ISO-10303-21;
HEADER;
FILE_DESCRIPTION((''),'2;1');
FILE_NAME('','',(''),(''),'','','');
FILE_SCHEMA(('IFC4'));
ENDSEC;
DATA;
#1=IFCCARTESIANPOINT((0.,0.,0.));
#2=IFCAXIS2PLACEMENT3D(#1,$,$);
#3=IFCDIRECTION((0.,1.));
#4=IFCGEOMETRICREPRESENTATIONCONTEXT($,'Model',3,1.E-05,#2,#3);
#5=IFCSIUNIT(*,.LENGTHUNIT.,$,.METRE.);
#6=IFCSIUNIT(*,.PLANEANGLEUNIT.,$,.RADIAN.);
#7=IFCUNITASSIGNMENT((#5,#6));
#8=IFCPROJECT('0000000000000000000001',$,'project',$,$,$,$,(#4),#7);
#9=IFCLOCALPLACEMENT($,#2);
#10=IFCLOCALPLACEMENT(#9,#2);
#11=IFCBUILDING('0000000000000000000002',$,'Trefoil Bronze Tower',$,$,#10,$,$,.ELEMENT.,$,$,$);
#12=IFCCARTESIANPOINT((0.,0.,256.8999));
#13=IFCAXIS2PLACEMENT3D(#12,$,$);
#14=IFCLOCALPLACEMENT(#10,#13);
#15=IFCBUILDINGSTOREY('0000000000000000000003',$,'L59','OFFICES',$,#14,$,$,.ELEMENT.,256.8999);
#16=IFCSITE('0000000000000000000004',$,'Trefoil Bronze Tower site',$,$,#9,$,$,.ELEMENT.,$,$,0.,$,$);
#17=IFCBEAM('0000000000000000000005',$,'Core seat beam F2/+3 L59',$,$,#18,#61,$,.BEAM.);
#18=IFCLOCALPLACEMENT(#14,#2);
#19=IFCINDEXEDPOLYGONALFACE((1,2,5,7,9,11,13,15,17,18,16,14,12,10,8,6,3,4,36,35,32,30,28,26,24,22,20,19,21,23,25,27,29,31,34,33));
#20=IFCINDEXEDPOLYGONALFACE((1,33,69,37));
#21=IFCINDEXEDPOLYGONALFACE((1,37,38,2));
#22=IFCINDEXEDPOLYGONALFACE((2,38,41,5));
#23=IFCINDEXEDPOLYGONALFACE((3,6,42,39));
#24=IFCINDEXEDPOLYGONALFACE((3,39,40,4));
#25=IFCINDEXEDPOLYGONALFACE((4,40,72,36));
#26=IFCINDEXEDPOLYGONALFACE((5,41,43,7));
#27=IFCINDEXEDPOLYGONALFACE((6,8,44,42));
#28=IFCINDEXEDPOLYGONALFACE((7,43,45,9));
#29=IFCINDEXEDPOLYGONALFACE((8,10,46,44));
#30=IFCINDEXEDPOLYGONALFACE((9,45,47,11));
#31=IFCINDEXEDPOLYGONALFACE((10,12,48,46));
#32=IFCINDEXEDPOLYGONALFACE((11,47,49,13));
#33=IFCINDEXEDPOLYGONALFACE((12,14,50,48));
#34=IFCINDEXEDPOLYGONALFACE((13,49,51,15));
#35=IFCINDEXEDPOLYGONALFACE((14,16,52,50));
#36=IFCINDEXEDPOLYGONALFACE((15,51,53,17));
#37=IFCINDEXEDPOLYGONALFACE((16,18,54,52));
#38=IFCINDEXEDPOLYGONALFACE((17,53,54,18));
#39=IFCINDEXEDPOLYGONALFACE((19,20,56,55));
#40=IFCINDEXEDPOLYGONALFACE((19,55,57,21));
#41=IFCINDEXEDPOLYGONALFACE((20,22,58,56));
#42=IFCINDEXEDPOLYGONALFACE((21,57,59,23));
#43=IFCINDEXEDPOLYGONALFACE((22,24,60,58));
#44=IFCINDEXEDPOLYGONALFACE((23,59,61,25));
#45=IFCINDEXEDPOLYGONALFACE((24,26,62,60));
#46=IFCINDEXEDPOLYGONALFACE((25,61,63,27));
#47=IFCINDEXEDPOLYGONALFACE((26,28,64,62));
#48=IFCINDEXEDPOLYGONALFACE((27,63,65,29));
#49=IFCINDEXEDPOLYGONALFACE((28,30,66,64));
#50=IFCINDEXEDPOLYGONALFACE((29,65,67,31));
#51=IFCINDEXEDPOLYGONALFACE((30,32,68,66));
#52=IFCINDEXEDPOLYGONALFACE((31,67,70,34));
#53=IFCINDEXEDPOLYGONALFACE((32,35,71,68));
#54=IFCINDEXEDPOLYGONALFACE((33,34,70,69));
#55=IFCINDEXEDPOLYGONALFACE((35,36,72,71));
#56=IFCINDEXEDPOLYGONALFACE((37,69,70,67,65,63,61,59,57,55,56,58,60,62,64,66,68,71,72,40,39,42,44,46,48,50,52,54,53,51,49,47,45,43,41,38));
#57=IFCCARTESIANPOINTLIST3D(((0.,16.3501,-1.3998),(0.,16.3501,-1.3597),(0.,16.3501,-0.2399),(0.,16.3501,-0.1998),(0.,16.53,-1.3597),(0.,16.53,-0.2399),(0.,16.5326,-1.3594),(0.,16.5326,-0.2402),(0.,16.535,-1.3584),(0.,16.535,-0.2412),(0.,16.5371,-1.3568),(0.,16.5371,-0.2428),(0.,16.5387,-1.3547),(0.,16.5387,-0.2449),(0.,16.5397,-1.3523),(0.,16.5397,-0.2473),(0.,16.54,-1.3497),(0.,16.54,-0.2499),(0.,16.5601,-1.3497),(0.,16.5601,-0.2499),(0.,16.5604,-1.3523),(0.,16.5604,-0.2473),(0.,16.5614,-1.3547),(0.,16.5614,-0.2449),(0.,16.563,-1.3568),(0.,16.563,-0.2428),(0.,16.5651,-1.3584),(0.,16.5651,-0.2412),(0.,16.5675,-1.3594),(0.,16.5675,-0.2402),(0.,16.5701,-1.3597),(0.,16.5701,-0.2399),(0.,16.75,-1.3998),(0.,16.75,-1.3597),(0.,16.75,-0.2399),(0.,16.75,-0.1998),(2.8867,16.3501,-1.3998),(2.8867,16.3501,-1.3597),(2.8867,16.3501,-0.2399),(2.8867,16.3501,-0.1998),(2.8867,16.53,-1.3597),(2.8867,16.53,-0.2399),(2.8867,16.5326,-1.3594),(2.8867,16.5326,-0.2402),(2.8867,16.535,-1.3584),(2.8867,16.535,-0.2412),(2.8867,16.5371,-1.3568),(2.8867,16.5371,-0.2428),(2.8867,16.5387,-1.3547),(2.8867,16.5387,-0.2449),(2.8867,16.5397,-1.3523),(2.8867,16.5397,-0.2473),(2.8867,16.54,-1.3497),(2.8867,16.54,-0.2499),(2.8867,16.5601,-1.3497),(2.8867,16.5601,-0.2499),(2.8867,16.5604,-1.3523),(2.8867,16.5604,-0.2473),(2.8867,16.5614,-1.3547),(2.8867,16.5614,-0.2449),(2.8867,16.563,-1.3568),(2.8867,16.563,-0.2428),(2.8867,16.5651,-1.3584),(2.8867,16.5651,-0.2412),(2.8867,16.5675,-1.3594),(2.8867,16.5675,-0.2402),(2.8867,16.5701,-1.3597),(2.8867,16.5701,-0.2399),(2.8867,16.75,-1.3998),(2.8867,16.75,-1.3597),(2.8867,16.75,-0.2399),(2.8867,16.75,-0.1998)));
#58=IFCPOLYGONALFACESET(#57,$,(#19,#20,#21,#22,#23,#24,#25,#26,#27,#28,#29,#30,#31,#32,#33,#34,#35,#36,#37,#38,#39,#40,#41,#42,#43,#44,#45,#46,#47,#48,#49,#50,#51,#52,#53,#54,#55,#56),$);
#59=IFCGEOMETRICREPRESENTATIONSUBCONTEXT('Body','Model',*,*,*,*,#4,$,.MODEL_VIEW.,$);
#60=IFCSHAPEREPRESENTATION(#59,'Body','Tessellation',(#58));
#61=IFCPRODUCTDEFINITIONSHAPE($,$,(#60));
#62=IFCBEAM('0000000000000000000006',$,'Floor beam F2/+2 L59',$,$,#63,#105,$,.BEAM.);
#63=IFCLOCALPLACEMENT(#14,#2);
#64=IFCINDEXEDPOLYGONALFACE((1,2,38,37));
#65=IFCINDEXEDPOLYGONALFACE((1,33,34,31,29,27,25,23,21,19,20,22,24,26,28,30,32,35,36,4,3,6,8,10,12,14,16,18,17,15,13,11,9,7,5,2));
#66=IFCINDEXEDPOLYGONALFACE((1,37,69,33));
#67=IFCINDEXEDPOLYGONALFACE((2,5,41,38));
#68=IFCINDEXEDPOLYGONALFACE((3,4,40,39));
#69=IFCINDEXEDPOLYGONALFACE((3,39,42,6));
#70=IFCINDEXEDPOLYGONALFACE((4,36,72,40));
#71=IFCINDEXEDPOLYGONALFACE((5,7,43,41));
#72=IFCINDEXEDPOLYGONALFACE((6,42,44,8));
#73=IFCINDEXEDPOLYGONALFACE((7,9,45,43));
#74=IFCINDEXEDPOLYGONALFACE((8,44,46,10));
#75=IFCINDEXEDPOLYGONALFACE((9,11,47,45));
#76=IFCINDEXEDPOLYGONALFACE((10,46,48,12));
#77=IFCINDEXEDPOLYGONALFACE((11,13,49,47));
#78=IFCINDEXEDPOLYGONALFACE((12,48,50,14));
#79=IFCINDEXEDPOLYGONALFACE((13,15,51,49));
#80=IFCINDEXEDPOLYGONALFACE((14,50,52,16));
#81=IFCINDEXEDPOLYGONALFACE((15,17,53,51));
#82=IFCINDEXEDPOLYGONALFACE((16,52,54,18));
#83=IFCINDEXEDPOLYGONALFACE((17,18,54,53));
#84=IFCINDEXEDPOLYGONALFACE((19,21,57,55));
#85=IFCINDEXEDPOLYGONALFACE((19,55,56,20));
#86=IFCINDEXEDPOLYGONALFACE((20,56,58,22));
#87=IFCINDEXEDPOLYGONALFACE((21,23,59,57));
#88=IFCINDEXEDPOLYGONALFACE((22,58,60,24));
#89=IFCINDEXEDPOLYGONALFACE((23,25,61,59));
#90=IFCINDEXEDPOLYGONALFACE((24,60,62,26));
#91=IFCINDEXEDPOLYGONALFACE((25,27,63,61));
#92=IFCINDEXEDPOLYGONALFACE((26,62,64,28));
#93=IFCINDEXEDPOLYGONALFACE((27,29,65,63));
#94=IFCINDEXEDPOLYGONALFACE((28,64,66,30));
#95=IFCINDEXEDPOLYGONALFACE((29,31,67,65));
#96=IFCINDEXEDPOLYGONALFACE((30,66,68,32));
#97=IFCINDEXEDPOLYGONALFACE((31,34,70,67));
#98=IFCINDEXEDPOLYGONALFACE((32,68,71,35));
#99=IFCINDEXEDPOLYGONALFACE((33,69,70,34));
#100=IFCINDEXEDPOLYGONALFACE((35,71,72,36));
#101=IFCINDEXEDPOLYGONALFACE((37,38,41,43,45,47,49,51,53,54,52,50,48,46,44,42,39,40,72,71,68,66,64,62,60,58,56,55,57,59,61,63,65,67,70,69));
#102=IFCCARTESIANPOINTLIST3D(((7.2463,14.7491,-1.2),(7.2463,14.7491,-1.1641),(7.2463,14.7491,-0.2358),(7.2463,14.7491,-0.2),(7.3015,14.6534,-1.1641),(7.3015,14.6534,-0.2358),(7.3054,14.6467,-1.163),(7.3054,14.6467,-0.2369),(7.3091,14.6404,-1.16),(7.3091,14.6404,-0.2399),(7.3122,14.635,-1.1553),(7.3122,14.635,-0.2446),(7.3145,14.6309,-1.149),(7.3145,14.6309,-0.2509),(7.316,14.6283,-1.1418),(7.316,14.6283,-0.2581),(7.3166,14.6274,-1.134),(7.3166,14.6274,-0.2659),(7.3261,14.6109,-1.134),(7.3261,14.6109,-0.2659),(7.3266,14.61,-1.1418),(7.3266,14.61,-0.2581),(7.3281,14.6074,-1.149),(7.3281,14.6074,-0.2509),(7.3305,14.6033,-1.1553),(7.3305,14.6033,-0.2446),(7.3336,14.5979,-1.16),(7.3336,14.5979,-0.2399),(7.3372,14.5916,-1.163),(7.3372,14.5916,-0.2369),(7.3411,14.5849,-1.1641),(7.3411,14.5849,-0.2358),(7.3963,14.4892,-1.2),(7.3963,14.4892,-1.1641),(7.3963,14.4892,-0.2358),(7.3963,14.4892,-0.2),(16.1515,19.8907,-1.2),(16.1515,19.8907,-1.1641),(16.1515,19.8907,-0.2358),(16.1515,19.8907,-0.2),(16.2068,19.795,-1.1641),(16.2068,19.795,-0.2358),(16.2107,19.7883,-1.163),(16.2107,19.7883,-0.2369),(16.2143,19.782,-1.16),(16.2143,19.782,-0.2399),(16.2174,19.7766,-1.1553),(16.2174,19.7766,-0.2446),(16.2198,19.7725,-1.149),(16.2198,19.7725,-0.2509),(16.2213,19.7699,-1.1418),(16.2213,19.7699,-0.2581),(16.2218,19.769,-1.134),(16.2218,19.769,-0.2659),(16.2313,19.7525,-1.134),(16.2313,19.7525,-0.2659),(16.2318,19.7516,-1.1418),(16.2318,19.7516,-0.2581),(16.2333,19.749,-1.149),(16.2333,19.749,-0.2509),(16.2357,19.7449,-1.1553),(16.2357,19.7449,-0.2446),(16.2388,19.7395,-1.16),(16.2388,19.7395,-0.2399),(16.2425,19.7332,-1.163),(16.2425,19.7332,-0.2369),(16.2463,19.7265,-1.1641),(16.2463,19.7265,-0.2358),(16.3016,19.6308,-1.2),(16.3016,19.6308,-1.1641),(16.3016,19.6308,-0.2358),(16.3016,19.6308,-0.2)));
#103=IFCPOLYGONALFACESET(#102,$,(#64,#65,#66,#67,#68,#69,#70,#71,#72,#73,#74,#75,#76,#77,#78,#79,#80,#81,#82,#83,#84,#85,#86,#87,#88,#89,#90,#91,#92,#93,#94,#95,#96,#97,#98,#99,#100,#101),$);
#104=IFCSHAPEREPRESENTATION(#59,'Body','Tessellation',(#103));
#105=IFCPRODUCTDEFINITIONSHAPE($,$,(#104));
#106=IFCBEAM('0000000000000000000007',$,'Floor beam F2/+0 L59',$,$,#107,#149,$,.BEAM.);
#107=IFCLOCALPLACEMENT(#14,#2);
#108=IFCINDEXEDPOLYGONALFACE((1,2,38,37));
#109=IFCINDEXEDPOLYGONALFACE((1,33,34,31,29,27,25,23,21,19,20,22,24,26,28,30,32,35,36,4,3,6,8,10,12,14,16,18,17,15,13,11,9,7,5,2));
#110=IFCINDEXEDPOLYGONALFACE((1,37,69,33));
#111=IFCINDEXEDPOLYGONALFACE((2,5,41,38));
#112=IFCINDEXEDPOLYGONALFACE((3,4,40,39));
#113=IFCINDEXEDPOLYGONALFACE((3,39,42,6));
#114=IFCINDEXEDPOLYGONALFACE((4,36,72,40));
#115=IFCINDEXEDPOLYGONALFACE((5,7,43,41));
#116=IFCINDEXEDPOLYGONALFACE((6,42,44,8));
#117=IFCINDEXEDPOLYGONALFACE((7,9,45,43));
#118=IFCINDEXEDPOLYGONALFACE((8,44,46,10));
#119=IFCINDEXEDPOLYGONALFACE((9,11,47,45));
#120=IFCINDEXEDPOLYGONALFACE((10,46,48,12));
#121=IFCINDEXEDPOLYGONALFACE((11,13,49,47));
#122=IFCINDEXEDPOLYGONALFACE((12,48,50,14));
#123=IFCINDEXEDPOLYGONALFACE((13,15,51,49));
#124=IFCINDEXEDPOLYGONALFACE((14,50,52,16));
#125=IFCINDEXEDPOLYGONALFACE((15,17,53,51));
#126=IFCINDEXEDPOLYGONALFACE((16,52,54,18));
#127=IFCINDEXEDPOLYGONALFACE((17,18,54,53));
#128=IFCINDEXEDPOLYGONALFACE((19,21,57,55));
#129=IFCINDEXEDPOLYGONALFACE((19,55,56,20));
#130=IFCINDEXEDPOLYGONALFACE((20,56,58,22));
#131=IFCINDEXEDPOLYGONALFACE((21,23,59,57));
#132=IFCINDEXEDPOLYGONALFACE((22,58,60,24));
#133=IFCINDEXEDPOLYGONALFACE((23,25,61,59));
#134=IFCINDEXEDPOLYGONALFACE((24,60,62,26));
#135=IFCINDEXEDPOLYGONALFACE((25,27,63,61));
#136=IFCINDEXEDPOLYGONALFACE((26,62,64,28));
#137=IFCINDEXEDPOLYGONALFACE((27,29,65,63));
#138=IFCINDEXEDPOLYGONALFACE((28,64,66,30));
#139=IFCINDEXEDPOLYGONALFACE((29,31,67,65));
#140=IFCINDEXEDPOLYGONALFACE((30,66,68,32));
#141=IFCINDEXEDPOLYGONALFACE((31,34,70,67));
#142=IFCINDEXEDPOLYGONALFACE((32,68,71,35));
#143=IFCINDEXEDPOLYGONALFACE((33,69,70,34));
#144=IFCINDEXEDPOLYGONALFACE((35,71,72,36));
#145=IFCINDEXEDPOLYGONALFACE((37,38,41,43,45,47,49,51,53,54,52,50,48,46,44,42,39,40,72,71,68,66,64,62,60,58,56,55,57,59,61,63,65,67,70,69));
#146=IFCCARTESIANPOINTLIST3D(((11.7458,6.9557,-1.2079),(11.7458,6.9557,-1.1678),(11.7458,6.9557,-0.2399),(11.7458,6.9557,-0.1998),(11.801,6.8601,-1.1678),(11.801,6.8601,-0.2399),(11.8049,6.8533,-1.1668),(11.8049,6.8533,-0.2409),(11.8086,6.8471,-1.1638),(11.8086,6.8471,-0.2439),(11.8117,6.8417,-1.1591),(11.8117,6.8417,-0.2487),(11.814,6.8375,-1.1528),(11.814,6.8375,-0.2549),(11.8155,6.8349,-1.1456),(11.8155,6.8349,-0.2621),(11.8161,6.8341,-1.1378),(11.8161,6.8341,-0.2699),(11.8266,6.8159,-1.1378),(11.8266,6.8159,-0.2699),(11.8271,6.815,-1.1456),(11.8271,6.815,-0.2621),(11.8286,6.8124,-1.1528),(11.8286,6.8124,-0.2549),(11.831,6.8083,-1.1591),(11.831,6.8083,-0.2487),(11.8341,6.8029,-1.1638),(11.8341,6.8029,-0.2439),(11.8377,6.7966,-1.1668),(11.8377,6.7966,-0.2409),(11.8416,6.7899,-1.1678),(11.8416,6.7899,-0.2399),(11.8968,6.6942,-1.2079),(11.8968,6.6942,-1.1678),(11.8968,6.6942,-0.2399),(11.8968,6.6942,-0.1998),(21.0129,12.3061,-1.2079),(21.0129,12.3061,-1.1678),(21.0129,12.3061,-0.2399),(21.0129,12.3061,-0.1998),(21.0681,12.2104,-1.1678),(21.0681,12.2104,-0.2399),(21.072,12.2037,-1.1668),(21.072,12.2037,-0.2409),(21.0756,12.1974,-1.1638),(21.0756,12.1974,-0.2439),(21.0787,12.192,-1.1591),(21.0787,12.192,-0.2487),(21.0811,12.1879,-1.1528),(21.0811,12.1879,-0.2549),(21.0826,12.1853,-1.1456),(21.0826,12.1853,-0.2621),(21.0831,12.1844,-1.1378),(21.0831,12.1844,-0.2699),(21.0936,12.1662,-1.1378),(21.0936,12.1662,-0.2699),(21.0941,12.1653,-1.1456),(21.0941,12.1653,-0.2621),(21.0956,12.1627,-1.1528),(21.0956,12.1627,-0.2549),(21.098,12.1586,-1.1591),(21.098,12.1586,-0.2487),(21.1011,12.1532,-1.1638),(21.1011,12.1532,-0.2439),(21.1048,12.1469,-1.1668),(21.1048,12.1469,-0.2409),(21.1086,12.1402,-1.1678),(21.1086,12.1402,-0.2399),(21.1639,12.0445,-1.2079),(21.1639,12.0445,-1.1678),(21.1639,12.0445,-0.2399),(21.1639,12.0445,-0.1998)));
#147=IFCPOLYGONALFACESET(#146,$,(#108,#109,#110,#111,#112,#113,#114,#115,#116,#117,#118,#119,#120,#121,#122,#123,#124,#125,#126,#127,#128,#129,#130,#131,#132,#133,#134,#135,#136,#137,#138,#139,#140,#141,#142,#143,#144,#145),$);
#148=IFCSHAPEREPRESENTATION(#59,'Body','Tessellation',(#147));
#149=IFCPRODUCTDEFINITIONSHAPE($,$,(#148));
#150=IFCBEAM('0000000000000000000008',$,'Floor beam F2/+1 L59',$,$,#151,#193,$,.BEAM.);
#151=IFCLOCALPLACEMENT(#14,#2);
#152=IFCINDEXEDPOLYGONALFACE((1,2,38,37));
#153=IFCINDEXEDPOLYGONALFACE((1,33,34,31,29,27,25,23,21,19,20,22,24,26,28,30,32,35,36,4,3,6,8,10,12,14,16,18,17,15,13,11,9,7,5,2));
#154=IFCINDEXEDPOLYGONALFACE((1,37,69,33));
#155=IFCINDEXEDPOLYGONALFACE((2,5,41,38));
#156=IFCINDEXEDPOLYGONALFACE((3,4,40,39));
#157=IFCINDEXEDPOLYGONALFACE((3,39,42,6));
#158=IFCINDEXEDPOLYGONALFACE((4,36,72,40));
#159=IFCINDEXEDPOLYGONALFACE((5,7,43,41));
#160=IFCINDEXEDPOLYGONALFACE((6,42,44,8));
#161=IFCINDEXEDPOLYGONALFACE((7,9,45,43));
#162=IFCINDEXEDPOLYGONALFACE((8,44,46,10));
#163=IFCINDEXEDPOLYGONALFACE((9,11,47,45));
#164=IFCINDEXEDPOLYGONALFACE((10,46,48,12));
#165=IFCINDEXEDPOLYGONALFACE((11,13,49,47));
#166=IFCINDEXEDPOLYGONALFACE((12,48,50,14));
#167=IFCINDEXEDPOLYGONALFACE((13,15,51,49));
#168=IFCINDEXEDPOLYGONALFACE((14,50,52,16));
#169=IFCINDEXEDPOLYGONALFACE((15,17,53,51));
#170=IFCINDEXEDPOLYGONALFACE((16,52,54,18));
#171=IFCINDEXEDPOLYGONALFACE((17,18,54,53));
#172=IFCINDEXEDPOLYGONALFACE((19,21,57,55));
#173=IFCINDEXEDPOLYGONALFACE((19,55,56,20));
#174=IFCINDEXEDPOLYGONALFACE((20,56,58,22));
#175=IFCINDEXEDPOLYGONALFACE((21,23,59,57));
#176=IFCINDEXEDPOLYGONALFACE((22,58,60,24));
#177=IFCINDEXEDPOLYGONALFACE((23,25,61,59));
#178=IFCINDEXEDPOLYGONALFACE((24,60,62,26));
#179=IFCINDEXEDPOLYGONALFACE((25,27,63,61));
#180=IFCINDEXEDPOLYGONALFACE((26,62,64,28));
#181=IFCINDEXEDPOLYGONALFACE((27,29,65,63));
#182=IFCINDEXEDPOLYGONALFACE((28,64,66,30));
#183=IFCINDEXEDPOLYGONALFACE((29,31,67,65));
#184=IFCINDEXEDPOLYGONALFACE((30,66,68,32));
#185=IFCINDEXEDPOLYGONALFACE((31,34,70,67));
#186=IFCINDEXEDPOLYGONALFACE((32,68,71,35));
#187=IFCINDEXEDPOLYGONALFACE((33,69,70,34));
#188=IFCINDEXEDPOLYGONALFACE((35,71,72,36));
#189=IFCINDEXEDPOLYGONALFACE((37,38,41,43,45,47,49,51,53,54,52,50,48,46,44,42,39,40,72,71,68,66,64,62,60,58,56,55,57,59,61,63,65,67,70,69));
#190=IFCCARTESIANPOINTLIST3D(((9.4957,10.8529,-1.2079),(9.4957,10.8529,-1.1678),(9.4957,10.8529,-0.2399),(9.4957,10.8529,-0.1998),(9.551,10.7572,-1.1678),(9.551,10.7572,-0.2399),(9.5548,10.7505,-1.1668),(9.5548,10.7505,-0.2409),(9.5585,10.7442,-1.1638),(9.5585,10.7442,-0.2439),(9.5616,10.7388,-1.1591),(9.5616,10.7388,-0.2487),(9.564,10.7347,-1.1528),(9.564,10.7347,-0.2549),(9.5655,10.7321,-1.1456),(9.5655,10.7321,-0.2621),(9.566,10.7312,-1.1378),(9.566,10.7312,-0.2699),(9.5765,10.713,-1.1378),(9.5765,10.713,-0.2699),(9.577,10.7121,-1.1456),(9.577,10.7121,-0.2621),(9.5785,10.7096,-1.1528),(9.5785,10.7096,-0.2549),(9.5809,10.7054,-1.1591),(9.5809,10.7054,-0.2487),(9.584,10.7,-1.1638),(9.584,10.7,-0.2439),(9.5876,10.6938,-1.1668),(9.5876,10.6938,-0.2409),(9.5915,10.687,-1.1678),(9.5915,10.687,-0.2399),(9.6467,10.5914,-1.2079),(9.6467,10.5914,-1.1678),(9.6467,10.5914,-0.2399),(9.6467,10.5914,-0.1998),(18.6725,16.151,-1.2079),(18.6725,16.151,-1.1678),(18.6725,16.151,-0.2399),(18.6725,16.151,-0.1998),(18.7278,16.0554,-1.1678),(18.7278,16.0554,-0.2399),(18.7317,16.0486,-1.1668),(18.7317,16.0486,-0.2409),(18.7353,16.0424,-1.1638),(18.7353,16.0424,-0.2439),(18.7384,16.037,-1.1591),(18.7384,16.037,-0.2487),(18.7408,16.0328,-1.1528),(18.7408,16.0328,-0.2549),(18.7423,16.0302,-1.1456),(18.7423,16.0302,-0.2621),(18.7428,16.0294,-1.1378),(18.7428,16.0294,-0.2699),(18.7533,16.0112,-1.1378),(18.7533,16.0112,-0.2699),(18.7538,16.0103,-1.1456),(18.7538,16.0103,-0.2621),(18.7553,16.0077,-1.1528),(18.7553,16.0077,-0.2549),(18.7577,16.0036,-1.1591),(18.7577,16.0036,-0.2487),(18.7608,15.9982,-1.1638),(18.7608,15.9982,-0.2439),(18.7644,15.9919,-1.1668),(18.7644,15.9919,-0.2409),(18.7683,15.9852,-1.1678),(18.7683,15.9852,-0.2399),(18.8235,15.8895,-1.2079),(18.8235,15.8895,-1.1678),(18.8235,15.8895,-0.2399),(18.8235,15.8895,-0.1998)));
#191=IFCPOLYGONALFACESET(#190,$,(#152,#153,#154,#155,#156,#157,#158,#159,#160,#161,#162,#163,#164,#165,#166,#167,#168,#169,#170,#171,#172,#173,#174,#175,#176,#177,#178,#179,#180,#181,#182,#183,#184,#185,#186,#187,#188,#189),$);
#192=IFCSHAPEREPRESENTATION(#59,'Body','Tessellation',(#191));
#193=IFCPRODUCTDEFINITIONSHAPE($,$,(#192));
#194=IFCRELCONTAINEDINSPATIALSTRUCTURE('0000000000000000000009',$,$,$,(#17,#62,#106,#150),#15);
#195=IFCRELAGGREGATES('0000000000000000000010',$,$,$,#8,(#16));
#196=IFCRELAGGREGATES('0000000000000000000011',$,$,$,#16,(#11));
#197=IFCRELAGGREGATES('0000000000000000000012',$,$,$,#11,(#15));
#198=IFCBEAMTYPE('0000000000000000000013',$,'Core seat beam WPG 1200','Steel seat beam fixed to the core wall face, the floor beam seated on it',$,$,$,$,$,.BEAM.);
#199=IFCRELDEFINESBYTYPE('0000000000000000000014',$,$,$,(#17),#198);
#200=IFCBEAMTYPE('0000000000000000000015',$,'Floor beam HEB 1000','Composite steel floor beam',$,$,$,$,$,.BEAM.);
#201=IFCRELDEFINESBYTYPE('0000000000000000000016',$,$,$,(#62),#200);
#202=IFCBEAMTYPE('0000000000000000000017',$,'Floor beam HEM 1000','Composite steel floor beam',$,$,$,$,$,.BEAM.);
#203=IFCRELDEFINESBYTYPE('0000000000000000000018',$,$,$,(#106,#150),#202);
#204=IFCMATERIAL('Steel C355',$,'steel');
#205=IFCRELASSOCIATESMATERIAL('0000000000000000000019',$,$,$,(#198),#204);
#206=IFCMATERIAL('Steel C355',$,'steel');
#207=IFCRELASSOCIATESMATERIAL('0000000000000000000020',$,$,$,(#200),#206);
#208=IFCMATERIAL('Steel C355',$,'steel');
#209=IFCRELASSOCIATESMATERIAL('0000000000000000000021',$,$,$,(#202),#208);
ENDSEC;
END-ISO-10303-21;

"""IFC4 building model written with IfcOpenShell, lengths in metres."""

from ifc_helpers import new_model, si_unit, direction, frame, origin, origin_2d, place, context, subcontext, project, spatial, i_section, extrude, material, material_profile, profile_set, type_object, element, save


model = new_model("IFC4")

# Units and contexts
model_context = context("Model", 3, precision=1e-05, world=origin(), true_north=direction((0.0, 1.0)))
body_context = subcontext(model_context, "Body", "Model", "MODEL_VIEW")
ifc_project = project(units=[si_unit("LENGTHUNIT", "METRE"), si_unit("PLANEANGLEUNIT", "RADIAN")], contexts=[model_context])

# Site, building, storey
site_placement = place(None, origin())
site = spatial("IfcSite", under=ifc_project, at=site_placement, Name="Trefoil Bronze Tower site", CompositionType="ELEMENT", RefElevation=0.0)
building_placement = place(site_placement, origin())
building = spatial("IfcBuilding", under=site, at=building_placement, Name="Trefoil Bronze Tower", CompositionType="ELEMENT")
storey_placement = place(building_placement, frame((0.0, 0.0, 256.8999)))
storey = spatial("IfcBuildingStorey", under=building, at=storey_placement, Name="L59", Description="OFFICES", CompositionType="ELEMENT", Elevation=256.8999)

# Beams
ifc_material_1 = material(Name="Steel C355", Category="steel")
ifc_material_profile_1 = material_profile(ifc_material_1, i_section(OverallWidth=0.3999, OverallDepth=1.2, WebThickness=0.02, FlangeThickness=0.04, FilletRadius=0.01, at=origin_2d()), Name="WPG 1200")
ifc_profile_set_1 = profile_set([ifc_material_profile_1], Name="Steel C355")
beam_type_1 = type_object("IfcBeamType", Name="Core seat beam WPG 1200", Description="Steel seat beam fixed to the core wall face, the floor beam seated on it", PredefinedType="BEAM", material=ifc_profile_set_1)
beam_1_placement = place(storey_placement, frame((2.8867, 16.55, -0.7998), z_axis=(-1.0, 0.0, 0.0), x_axis=(0.0, -1.0, 0.0)))
element("IfcBeam", 1, at=beam_1_placement, inside=storey, type_object=beam_type_1, Name="Core seat beam F2/+3 L59", PredefinedType="BEAM", context=body_context, shape_type="SweptSolid", body=[
    extrude(i_section(OverallWidth=0.3999, OverallDepth=1.2, WebThickness=0.02, FlangeThickness=0.04, FilletRadius=0.01, at=origin_2d()), origin(), (0.0, 0.0, 1.0), 2.8867),
])
ifc_material_2 = material(Name="Steel C355", Category="steel")
ifc_material_profile_2 = material_profile(ifc_material_2, i_section(OverallWidth=0.3, OverallDepth=1.0, WebThickness=0.019, FlangeThickness=0.0359, FilletRadius=0.03, at=origin_2d()), Name="HEB 1000")
ifc_profile_set_2 = profile_set([ifc_material_profile_2], Name="Steel C355")
beam_type_2 = type_object("IfcBeamType", Name="Floor beam HEB 1000", Description="Composite steel floor beam", PredefinedType="BEAM", material=ifc_profile_set_2)
beam_2_placement = place(storey_placement, frame((16.2266, 19.7607, -0.7), z_axis=(-0.86602, -0.50001, 0.0), x_axis=(0.50001, -0.86602, 0.0)))
element("IfcBeam", 2, at=beam_2_placement, inside=storey, type_object=beam_type_2, Name="Floor beam F2/+2 L59", PredefinedType="BEAM", context=body_context, shape_type="SweptSolid", body=[
    extrude(i_section(OverallWidth=0.3, OverallDepth=1.0, WebThickness=0.019, FlangeThickness=0.0359, FilletRadius=0.03, at=origin_2d()), origin(), (0.0, 0.0, 1.0), 10.283),
])
ifc_material_3 = material(Name="Steel C355", Category="steel")
ifc_material_profile_3 = material_profile(ifc_material_3, i_section(OverallWidth=0.302, OverallDepth=1.0081, WebThickness=0.021, FlangeThickness=0.04, FilletRadius=0.03, at=origin_2d()), Name="HEM 1000")
ifc_profile_set_3 = profile_set([ifc_material_profile_3], Name="Steel C355")
beam_type_3 = type_object("IfcBeamType", Name="Floor beam HEM 1000", Description="Composite steel floor beam", PredefinedType="BEAM", material=ifc_profile_set_3)
beam_3_placement = place(storey_placement, frame((21.0884, 12.1753, -0.7039), z_axis=(-0.866026, -0.499999, 0.0), x_axis=(0.499999, -0.866026, 0.0)))
element("IfcBeam", 3, at=beam_3_placement, inside=storey, type_object=beam_type_3, Name="Floor beam F2/+0 L59", PredefinedType="BEAM", context=body_context, shape_type="SweptSolid", body=[
    extrude(i_section(OverallWidth=0.302, OverallDepth=1.0081, WebThickness=0.021, FlangeThickness=0.04, FilletRadius=0.03, at=origin_2d()), origin(), (0.0, 0.0, 1.0), 10.7007),
])
beam_4_placement = place(storey_placement, frame((18.748, 16.0203, -0.7039), z_axis=(-0.86603, -0.499992, 0.0), x_axis=(0.499992, -0.86603, 0.0)))
element("IfcBeam", 4, at=beam_4_placement, inside=storey, type_object=beam_type_3, Name="Floor beam F2/+1 L59", PredefinedType="BEAM", context=body_context, shape_type="SweptSolid", body=[
    extrude(i_section(OverallWidth=0.302, OverallDepth=1.0081, WebThickness=0.021, FlangeThickness=0.04, FilletRadius=0.03, at=origin_2d()), origin(), (0.0, 0.0, 1.0), 10.5964),
])

save(model, "model.ifc")
